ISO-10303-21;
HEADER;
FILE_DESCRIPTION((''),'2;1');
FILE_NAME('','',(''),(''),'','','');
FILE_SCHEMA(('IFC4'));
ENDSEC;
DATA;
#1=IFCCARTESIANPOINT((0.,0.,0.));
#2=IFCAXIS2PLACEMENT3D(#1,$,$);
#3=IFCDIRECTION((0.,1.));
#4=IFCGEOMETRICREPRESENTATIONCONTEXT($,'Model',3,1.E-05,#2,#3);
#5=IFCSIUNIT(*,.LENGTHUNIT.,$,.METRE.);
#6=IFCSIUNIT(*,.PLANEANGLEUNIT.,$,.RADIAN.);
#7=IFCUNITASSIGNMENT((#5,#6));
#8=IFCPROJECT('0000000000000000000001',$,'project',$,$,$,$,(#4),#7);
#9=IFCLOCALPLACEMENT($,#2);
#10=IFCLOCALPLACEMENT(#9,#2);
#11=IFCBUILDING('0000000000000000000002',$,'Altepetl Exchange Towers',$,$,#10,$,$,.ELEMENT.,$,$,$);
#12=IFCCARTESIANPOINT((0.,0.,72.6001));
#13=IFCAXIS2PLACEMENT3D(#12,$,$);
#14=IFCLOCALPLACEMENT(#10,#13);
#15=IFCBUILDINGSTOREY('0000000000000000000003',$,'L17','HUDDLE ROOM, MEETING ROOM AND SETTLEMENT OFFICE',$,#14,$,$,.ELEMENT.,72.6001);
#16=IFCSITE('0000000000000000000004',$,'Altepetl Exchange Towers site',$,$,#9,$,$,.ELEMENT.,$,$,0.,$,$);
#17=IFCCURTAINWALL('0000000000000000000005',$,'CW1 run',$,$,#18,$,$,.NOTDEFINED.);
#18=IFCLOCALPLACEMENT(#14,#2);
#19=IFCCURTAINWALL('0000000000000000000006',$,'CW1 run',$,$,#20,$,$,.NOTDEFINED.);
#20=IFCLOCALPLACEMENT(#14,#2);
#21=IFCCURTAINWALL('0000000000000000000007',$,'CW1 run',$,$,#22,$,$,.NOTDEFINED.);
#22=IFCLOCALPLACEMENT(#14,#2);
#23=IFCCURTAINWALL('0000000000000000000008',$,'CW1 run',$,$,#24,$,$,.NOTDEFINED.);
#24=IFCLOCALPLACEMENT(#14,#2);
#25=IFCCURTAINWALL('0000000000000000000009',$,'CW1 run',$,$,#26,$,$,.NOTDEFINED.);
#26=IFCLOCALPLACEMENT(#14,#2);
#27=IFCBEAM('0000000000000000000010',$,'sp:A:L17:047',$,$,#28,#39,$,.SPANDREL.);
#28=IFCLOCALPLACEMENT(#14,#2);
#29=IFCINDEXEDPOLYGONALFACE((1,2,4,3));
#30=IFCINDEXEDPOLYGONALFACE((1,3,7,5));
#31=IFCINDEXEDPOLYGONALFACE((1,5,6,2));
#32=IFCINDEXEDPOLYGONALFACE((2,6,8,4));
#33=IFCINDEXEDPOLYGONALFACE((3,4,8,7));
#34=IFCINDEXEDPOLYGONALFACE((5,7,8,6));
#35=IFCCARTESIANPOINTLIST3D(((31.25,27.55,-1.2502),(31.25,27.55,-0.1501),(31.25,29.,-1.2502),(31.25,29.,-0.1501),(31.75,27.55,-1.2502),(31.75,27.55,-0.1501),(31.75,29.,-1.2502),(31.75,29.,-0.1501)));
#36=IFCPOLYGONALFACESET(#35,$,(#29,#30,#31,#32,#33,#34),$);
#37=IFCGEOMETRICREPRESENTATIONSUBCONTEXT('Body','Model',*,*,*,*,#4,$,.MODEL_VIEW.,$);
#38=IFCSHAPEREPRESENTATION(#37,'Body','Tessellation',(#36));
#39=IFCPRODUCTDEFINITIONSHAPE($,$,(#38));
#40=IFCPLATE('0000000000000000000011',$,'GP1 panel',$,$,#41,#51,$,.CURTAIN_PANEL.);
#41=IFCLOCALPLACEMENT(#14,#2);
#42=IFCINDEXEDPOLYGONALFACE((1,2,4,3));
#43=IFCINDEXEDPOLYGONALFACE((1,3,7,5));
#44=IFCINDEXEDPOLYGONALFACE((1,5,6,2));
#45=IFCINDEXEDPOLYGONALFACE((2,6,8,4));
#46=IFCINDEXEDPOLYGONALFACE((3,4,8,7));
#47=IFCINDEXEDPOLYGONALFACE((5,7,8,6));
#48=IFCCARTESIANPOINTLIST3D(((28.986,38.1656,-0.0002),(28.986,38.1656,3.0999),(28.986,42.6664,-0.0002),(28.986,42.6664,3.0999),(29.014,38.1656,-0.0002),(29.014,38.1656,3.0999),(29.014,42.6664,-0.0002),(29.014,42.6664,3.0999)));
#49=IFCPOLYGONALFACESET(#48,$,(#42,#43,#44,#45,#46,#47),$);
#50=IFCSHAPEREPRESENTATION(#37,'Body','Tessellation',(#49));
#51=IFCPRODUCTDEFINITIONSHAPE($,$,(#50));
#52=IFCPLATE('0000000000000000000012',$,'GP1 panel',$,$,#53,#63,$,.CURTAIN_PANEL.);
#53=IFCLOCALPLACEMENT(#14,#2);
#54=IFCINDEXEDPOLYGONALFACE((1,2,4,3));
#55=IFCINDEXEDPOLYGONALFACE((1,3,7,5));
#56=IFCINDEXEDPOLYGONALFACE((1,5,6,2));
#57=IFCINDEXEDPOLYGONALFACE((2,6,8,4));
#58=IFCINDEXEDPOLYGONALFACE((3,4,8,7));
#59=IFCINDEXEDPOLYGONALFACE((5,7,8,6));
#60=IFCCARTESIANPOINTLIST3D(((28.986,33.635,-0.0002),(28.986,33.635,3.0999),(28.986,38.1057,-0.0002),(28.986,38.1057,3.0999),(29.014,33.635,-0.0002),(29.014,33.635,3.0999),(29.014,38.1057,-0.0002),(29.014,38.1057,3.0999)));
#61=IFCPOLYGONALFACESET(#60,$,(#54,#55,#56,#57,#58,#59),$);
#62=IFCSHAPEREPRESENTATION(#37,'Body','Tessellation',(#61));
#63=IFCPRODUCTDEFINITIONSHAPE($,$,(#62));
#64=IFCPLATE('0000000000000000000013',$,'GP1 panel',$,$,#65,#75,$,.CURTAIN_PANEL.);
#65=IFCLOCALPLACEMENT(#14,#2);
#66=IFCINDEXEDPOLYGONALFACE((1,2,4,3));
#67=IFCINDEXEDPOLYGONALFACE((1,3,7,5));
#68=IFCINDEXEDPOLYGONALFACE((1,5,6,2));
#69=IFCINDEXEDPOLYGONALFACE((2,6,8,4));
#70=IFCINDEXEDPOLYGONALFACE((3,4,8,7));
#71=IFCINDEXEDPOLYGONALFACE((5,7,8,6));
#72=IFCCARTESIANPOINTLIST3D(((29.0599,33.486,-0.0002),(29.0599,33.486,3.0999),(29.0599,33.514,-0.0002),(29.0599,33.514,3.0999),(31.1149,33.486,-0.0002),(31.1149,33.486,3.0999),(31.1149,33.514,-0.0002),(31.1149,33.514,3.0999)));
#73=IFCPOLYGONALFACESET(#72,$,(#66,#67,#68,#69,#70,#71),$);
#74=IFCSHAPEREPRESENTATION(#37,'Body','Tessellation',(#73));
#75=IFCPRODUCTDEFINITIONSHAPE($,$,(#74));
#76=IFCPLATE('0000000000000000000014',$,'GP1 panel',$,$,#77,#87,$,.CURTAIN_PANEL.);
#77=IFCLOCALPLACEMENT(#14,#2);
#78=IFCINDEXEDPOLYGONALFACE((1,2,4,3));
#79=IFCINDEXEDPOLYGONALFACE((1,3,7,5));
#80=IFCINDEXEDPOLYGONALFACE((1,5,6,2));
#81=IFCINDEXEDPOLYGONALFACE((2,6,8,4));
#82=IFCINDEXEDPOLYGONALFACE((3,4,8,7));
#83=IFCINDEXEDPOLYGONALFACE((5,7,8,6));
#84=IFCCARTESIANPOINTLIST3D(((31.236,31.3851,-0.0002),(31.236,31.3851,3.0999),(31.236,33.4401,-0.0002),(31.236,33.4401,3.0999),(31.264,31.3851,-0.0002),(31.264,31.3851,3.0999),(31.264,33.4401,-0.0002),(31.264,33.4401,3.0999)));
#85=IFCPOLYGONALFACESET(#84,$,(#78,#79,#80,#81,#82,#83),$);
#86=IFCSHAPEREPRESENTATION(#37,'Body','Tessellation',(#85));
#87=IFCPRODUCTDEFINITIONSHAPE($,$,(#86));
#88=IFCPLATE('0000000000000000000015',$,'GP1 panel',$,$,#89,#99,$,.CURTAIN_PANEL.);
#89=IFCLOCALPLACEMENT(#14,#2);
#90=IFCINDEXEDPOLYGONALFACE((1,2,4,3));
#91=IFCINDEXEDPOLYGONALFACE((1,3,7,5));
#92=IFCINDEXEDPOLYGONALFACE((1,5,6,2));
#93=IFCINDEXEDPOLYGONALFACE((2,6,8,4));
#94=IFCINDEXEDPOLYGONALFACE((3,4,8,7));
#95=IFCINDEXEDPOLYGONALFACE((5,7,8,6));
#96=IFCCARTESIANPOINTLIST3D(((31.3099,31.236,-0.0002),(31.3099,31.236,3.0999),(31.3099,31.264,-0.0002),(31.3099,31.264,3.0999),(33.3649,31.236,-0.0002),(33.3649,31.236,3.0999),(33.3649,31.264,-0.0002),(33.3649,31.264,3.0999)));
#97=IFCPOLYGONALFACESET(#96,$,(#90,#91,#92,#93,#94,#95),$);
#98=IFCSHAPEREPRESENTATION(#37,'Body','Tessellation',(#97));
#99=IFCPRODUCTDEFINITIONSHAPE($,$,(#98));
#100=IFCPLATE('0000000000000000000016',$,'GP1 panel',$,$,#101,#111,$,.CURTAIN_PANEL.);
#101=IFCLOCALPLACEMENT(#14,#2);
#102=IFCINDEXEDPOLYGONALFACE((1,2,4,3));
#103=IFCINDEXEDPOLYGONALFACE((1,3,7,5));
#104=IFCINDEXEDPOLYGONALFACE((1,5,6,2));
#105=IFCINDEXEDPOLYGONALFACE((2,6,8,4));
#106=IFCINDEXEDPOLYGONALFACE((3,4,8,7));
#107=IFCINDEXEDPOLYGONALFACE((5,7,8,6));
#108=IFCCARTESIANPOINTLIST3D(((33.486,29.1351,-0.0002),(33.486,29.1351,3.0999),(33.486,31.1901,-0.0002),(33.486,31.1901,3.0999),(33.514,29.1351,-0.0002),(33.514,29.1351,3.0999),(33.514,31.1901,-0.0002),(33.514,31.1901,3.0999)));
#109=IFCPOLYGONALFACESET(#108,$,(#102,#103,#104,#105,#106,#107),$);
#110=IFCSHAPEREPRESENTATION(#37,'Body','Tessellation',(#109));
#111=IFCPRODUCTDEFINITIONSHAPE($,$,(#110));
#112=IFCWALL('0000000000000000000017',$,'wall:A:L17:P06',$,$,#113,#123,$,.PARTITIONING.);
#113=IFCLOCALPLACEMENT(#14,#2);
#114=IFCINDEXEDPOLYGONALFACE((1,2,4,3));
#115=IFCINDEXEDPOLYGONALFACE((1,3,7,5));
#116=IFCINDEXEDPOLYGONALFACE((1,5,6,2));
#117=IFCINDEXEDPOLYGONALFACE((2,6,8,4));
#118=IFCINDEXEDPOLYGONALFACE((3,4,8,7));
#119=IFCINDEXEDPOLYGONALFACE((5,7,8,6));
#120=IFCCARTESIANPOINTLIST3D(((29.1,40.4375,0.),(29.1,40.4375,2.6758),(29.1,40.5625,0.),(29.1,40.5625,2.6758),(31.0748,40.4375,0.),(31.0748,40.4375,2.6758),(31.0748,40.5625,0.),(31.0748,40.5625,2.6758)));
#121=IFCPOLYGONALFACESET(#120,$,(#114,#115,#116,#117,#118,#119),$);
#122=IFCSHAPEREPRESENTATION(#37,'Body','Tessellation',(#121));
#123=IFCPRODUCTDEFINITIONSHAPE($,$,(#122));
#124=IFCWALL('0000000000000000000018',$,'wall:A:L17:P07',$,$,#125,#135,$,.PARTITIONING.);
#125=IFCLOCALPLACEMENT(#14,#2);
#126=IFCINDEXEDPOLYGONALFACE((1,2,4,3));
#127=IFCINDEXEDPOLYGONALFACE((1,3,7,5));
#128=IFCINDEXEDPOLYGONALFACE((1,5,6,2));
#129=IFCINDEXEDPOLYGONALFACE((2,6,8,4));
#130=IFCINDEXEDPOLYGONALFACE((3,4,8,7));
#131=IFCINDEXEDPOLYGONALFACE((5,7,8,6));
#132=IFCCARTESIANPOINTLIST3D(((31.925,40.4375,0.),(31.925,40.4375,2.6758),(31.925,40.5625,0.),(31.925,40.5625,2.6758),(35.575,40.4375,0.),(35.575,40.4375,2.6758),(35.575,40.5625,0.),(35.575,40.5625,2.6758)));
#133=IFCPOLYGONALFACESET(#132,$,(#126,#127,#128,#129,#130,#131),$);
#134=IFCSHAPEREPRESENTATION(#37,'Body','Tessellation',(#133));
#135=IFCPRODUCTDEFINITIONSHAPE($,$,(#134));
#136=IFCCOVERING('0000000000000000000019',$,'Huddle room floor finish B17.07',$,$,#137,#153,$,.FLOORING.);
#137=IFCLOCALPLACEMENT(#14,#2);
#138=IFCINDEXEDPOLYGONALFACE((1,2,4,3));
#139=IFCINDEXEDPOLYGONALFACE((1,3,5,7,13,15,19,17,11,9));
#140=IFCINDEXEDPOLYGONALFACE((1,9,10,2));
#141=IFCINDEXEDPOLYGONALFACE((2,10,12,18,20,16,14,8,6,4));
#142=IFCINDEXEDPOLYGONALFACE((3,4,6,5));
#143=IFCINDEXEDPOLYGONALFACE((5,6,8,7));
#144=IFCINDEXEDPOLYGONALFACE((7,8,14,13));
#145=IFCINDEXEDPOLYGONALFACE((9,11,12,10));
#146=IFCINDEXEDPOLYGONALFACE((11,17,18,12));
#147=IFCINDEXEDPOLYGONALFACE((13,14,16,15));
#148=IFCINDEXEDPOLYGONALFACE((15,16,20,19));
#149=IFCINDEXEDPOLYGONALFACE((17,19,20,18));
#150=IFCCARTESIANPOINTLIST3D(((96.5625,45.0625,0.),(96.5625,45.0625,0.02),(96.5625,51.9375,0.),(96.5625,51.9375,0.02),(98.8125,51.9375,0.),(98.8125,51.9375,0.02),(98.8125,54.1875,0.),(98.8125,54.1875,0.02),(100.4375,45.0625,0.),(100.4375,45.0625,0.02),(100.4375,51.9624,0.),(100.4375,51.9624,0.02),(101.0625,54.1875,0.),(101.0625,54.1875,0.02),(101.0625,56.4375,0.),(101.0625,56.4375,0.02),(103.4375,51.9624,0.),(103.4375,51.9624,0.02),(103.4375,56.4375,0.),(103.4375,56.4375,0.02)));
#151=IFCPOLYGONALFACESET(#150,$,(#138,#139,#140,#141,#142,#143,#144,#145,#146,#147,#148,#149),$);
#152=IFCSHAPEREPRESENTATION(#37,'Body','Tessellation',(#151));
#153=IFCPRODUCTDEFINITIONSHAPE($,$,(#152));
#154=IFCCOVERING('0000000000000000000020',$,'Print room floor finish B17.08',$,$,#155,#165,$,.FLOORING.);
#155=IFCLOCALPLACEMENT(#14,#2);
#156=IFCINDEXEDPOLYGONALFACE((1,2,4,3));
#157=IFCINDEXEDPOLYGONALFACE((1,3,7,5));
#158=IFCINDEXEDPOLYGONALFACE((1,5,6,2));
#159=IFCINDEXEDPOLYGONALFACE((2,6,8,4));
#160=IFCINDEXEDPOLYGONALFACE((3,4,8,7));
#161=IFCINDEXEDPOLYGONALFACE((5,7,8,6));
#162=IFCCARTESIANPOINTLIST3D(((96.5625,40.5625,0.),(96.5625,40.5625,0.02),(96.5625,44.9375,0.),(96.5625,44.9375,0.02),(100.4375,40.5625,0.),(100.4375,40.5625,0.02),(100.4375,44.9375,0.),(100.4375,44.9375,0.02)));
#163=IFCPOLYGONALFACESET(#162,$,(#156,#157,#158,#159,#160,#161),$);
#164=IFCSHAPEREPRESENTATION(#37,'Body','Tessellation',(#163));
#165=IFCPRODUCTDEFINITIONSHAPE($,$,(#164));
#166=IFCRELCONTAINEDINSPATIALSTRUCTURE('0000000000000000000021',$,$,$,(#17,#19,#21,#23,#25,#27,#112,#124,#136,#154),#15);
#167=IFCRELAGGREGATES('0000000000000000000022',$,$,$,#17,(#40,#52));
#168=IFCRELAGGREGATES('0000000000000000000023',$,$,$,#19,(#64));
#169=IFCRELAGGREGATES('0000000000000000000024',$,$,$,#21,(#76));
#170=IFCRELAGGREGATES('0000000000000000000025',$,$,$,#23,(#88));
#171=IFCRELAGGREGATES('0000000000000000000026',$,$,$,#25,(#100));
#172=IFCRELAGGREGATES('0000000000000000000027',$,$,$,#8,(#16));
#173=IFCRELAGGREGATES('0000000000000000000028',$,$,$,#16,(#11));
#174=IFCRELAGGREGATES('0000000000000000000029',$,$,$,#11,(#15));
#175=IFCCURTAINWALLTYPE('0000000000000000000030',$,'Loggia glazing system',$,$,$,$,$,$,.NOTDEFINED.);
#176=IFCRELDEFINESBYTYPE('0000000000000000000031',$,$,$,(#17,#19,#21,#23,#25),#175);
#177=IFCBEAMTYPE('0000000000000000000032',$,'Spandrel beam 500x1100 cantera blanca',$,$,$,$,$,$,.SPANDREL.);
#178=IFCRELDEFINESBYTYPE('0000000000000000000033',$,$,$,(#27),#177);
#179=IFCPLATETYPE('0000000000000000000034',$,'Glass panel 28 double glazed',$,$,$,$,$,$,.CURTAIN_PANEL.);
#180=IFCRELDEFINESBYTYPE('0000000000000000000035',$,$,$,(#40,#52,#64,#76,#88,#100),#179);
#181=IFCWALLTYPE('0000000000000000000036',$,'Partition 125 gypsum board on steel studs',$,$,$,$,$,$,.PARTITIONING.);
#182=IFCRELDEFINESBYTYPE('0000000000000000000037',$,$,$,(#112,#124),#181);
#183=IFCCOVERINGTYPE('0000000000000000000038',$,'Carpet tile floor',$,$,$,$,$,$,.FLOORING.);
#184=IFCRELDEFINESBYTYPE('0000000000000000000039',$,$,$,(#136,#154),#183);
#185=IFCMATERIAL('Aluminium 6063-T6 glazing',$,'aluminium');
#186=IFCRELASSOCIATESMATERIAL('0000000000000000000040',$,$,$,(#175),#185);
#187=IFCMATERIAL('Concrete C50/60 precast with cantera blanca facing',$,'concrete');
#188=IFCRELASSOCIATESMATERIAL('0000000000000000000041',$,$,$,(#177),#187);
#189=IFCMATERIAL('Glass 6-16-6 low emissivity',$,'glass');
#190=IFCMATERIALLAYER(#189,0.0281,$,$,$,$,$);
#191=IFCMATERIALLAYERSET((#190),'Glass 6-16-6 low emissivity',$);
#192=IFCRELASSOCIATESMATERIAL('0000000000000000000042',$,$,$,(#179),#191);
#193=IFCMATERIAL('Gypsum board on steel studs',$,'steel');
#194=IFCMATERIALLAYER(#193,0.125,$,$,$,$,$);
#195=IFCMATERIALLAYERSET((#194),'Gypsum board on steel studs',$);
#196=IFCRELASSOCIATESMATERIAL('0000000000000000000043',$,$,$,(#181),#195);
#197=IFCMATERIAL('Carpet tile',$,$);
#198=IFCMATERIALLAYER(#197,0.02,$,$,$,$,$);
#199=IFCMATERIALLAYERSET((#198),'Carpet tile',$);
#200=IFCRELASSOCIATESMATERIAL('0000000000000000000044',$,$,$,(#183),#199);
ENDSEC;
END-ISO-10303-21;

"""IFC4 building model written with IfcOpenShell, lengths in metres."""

from ifc_helpers import new_model, si_unit, direction, frame, frame_2d, origin, origin_2d, place, context, subcontext, project, spatial, polyline, rectangle, outline, extrude, material, layer, layer_set, material_profile, profile_set, type_object, element, aggregate, save


model = new_model("IFC4")

# Units and contexts
model_context = context("Model", 3, precision=1e-05, world=origin(), true_north=direction((0.0, 1.0)))
body_context = subcontext(model_context, "Body", "Model", "MODEL_VIEW")
ifc_project = project(units=[si_unit("LENGTHUNIT", "METRE"), si_unit("PLANEANGLEUNIT", "RADIAN")], contexts=[model_context])

# Site, building, storey
site_placement = place(None, origin())
site = spatial("IfcSite", under=ifc_project, at=site_placement, Name="Altepetl Exchange Towers site", CompositionType="ELEMENT", RefElevation=0.0)
building_placement = place(site_placement, origin())
building = spatial("IfcBuilding", under=site, at=building_placement, Name="Altepetl Exchange Towers", CompositionType="ELEMENT")
storey_placement = place(building_placement, frame((0.0, 0.0, 72.6001)))
storey = spatial("IfcBuildingStorey", under=building, at=storey_placement, Name="L17", Description="HUDDLE ROOM, MEETING ROOM AND SETTLEMENT OFFICE", CompositionType="ELEMENT", Elevation=72.6001)

# Curtain walls
ifc_material_1 = material(Name="Aluminium 6063-T6 glazing", Category="aluminium")
curtain_wall_type = type_object("IfcCurtainWallType", Name="Loggia glazing system", PredefinedType="NOTDEFINED", material=ifc_material_1)
curtain_wall_1_placement = place(storey_placement, origin())
curtain_wall_1 = element("IfcCurtainWall", 1, at=curtain_wall_1_placement, inside=storey, type_object=curtain_wall_type, Name="CW1 run", PredefinedType="NOTDEFINED")
curtain_wall_2_placement = place(storey_placement, origin())
curtain_wall_2 = element("IfcCurtainWall", 2, at=curtain_wall_2_placement, inside=storey, type_object=curtain_wall_type, Name="CW1 run", PredefinedType="NOTDEFINED")
curtain_wall_3_placement = place(storey_placement, origin())
curtain_wall_3 = element("IfcCurtainWall", 3, at=curtain_wall_3_placement, inside=storey, type_object=curtain_wall_type, Name="CW1 run", PredefinedType="NOTDEFINED")
curtain_wall_4_placement = place(storey_placement, origin())
curtain_wall_4 = element("IfcCurtainWall", 4, at=curtain_wall_4_placement, inside=storey, type_object=curtain_wall_type, Name="CW1 run", PredefinedType="NOTDEFINED")
curtain_wall_5_placement = place(storey_placement, origin())
curtain_wall_5 = element("IfcCurtainWall", 5, at=curtain_wall_5_placement, inside=storey, type_object=curtain_wall_type, Name="CW1 run", PredefinedType="NOTDEFINED")

# Beam
ifc_material_2 = material(Name="Concrete C50/60 precast with cantera blanca facing", Category="concrete")
ifc_material_profile_1 = material_profile(ifc_material_2, rectangle(XDim=0.5, YDim=1.1001, at=origin_2d()), Name="500 x 1100")
ifc_profile_set_1 = profile_set([ifc_material_profile_1], Name="Concrete C50/60 precast with cantera blanca facing")
beam_type_1 = type_object("IfcBeamType", Name="Spandrel beam 500x1100 cantera blanca", PredefinedType="SPANDREL", material=ifc_profile_set_1)
beam_1_placement = place(storey_placement, frame((31.5, 29.0, -0.7002), z_axis=(0.0, -1.0, 0.0), x_axis=(1.0, 0.0, 0.0)))
element("IfcBeam", 6, at=beam_1_placement, inside=storey, type_object=beam_type_1, Name="sp:A:L17:047", PredefinedType="SPANDREL", context=body_context, shape_type="SweptSolid", body=[
    extrude(rectangle(XDim=0.5, YDim=1.1001, at=origin_2d()), origin(), (0.0, 0.0, 1.0), 1.45),
])

# Plates
ifc_material_3 = material(Name="Glass 6-16-6 low emissivity", Category="glass")
ifc_layer_1 = layer(ifc_material_3, 0.0281)
ifc_layer_set_1 = layer_set([ifc_layer_1], Name="Glass 6-16-6 low emissivity")
plate_type = type_object("IfcPlateType", Name="Glass panel 28 double glazed", PredefinedType="CURTAIN_PANEL", material=ifc_layer_set_1)
plate_1_placement = place(storey_placement, frame((29.0, 40.416, -0.0002), z_axis=(0.0, 0.0, 1.0), x_axis=(0.0, -1.0, 0.0)))
plate_1 = element("IfcPlate", 7, at=plate_1_placement, type_object=plate_type, Name="GP1 panel", PredefinedType="CURTAIN_PANEL", context=body_context, shape_type="SweptSolid", body=[
    extrude(rectangle(XDim=4.5007, YDim=0.0281, at=origin_2d()), origin(), (0.0, 0.0, 1.0), 3.1001),
])
plate_2_placement = place(storey_placement, frame((29.0, 35.8704, -0.0002), z_axis=(0.0, 0.0, 1.0), x_axis=(0.0, -1.0, 0.0)))
plate_2 = element("IfcPlate", 8, at=plate_2_placement, type_object=plate_type, Name="GP1 panel", PredefinedType="CURTAIN_PANEL", context=body_context, shape_type="SweptSolid", body=[
    extrude(rectangle(XDim=4.4707, YDim=0.0281, at=origin_2d()), origin(), (0.0, 0.0, 1.0), 3.1001),
])
aggregate(curtain_wall_1, [plate_1, plate_2])
plate_3_placement = place(storey_placement, frame((30.0874, 33.5, -0.0002)))
plate_3 = element("IfcPlate", 9, at=plate_3_placement, type_object=plate_type, Name="GP1 panel", PredefinedType="CURTAIN_PANEL", context=body_context, shape_type="SweptSolid", body=[
    extrude(rectangle(XDim=2.0549, YDim=0.0281, at=origin_2d()), origin(), (0.0, 0.0, 1.0), 3.1001),
])
aggregate(curtain_wall_2, [plate_3])
plate_4_placement = place(storey_placement, frame((31.25, 32.4126, -0.0002), z_axis=(0.0, 0.0, 1.0), x_axis=(0.0, -1.0, 0.0)))
plate_4 = element("IfcPlate", 10, at=plate_4_placement, type_object=plate_type, Name="GP1 panel", PredefinedType="CURTAIN_PANEL", context=body_context, shape_type="SweptSolid", body=[
    extrude(rectangle(XDim=2.0549, YDim=0.0281, at=origin_2d()), origin(), (0.0, 0.0, 1.0), 3.1001),
])
aggregate(curtain_wall_3, [plate_4])
plate_5_placement = place(storey_placement, frame((32.3374, 31.25, -0.0002)))
plate_5 = element("IfcPlate", 11, at=plate_5_placement, type_object=plate_type, Name="GP1 panel", PredefinedType="CURTAIN_PANEL", context=body_context, shape_type="SweptSolid", body=[
    extrude(rectangle(XDim=2.0549, YDim=0.0281, at=origin_2d()), origin(), (0.0, 0.0, 1.0), 3.1001),
])
aggregate(curtain_wall_4, [plate_5])
plate_6_placement = place(storey_placement, frame((33.5, 30.1626, -0.0002), z_axis=(0.0, 0.0, 1.0), x_axis=(0.0, -1.0, 0.0)))
plate_6 = element("IfcPlate", 12, at=plate_6_placement, type_object=plate_type, Name="GP1 panel", PredefinedType="CURTAIN_PANEL", context=body_context, shape_type="SweptSolid", body=[
    extrude(rectangle(XDim=2.0549, YDim=0.0281, at=origin_2d()), origin(), (0.0, 0.0, 1.0), 3.1001),
])
aggregate(curtain_wall_5, [plate_6])

# Walls
ifc_material_4 = material(Name="Gypsum board on steel studs", Category="steel")
ifc_layer_2 = layer(ifc_material_4, 0.125)
ifc_layer_set_2 = layer_set([ifc_layer_2], Name="Gypsum board on steel studs")
wall_type = type_object("IfcWallType", Name="Partition 125 gypsum board on steel studs", PredefinedType="PARTITIONING", material=ifc_layer_set_2)
wall_1_placement = place(storey_placement, frame((29.1001, 40.5, 0.0)))
element("IfcWall", 13, at=wall_1_placement, inside=storey, type_object=wall_type, Name="wall:A:L17:P06", PredefinedType="PARTITIONING", context=body_context, shape_type="SweptSolid", body=[
    extrude(rectangle(XDim=1.9749, YDim=0.125, at=frame_2d((0.9873, 0.0))), origin(), (0.0, 0.0, 1.0), 2.6758),
])
wall_2_placement = place(storey_placement, frame((31.925, 40.5, 0.0)))
element("IfcWall", 14, at=wall_2_placement, inside=storey, type_object=wall_type, Name="wall:A:L17:P07", PredefinedType="PARTITIONING", context=body_context, shape_type="SweptSolid", body=[
    extrude(rectangle(XDim=3.6499, YDim=0.125, at=frame_2d((1.825, 0.0))), origin(), (0.0, 0.0, 1.0), 2.6758),
])

# Coverings
ifc_material_5 = material(Name="Carpet tile")
ifc_layer_3 = layer(ifc_material_5, 0.02)
ifc_layer_set_3 = layer_set([ifc_layer_3], Name="Carpet tile")
covering_type = type_object("IfcCoveringType", Name="Carpet tile floor", PredefinedType="FLOORING", material=ifc_layer_set_3)
covering_1_placement = place(storey_placement, origin())
element("IfcCovering", 15, at=covering_1_placement, inside=storey, type_object=covering_type, Name="Huddle room floor finish B17.07", PredefinedType="FLOORING", context=body_context, shape_type="SweptSolid", body=[
    extrude(outline(polyline([(101.0625, 54.1875), (98.8125, 54.1875), (98.8125, 51.9375), (96.5625, 51.9375), (96.5625, 45.0625), (100.4375, 45.0625), (100.4375, 51.9624), (103.4375, 51.9624), (103.4375, 56.4375), (101.0625, 56.4375), (101.0625, 54.1875)])), origin(), (0.0, 0.0, 1.0), 0.02),
])
covering_2_placement = place(storey_placement, origin())
element("IfcCovering", 16, at=covering_2_placement, inside=storey, type_object=covering_type, Name="Print room floor finish B17.08", PredefinedType="FLOORING", context=body_context, shape_type="SweptSolid", body=[
    extrude(outline(polyline([(96.5625, 40.5625), (100.4375, 40.5625), (100.4375, 44.9375), (96.5625, 44.9375), (96.5625, 40.5625)])), origin(), (0.0, 0.0, 1.0), 0.02),
])

save(model, "model.ifc")
